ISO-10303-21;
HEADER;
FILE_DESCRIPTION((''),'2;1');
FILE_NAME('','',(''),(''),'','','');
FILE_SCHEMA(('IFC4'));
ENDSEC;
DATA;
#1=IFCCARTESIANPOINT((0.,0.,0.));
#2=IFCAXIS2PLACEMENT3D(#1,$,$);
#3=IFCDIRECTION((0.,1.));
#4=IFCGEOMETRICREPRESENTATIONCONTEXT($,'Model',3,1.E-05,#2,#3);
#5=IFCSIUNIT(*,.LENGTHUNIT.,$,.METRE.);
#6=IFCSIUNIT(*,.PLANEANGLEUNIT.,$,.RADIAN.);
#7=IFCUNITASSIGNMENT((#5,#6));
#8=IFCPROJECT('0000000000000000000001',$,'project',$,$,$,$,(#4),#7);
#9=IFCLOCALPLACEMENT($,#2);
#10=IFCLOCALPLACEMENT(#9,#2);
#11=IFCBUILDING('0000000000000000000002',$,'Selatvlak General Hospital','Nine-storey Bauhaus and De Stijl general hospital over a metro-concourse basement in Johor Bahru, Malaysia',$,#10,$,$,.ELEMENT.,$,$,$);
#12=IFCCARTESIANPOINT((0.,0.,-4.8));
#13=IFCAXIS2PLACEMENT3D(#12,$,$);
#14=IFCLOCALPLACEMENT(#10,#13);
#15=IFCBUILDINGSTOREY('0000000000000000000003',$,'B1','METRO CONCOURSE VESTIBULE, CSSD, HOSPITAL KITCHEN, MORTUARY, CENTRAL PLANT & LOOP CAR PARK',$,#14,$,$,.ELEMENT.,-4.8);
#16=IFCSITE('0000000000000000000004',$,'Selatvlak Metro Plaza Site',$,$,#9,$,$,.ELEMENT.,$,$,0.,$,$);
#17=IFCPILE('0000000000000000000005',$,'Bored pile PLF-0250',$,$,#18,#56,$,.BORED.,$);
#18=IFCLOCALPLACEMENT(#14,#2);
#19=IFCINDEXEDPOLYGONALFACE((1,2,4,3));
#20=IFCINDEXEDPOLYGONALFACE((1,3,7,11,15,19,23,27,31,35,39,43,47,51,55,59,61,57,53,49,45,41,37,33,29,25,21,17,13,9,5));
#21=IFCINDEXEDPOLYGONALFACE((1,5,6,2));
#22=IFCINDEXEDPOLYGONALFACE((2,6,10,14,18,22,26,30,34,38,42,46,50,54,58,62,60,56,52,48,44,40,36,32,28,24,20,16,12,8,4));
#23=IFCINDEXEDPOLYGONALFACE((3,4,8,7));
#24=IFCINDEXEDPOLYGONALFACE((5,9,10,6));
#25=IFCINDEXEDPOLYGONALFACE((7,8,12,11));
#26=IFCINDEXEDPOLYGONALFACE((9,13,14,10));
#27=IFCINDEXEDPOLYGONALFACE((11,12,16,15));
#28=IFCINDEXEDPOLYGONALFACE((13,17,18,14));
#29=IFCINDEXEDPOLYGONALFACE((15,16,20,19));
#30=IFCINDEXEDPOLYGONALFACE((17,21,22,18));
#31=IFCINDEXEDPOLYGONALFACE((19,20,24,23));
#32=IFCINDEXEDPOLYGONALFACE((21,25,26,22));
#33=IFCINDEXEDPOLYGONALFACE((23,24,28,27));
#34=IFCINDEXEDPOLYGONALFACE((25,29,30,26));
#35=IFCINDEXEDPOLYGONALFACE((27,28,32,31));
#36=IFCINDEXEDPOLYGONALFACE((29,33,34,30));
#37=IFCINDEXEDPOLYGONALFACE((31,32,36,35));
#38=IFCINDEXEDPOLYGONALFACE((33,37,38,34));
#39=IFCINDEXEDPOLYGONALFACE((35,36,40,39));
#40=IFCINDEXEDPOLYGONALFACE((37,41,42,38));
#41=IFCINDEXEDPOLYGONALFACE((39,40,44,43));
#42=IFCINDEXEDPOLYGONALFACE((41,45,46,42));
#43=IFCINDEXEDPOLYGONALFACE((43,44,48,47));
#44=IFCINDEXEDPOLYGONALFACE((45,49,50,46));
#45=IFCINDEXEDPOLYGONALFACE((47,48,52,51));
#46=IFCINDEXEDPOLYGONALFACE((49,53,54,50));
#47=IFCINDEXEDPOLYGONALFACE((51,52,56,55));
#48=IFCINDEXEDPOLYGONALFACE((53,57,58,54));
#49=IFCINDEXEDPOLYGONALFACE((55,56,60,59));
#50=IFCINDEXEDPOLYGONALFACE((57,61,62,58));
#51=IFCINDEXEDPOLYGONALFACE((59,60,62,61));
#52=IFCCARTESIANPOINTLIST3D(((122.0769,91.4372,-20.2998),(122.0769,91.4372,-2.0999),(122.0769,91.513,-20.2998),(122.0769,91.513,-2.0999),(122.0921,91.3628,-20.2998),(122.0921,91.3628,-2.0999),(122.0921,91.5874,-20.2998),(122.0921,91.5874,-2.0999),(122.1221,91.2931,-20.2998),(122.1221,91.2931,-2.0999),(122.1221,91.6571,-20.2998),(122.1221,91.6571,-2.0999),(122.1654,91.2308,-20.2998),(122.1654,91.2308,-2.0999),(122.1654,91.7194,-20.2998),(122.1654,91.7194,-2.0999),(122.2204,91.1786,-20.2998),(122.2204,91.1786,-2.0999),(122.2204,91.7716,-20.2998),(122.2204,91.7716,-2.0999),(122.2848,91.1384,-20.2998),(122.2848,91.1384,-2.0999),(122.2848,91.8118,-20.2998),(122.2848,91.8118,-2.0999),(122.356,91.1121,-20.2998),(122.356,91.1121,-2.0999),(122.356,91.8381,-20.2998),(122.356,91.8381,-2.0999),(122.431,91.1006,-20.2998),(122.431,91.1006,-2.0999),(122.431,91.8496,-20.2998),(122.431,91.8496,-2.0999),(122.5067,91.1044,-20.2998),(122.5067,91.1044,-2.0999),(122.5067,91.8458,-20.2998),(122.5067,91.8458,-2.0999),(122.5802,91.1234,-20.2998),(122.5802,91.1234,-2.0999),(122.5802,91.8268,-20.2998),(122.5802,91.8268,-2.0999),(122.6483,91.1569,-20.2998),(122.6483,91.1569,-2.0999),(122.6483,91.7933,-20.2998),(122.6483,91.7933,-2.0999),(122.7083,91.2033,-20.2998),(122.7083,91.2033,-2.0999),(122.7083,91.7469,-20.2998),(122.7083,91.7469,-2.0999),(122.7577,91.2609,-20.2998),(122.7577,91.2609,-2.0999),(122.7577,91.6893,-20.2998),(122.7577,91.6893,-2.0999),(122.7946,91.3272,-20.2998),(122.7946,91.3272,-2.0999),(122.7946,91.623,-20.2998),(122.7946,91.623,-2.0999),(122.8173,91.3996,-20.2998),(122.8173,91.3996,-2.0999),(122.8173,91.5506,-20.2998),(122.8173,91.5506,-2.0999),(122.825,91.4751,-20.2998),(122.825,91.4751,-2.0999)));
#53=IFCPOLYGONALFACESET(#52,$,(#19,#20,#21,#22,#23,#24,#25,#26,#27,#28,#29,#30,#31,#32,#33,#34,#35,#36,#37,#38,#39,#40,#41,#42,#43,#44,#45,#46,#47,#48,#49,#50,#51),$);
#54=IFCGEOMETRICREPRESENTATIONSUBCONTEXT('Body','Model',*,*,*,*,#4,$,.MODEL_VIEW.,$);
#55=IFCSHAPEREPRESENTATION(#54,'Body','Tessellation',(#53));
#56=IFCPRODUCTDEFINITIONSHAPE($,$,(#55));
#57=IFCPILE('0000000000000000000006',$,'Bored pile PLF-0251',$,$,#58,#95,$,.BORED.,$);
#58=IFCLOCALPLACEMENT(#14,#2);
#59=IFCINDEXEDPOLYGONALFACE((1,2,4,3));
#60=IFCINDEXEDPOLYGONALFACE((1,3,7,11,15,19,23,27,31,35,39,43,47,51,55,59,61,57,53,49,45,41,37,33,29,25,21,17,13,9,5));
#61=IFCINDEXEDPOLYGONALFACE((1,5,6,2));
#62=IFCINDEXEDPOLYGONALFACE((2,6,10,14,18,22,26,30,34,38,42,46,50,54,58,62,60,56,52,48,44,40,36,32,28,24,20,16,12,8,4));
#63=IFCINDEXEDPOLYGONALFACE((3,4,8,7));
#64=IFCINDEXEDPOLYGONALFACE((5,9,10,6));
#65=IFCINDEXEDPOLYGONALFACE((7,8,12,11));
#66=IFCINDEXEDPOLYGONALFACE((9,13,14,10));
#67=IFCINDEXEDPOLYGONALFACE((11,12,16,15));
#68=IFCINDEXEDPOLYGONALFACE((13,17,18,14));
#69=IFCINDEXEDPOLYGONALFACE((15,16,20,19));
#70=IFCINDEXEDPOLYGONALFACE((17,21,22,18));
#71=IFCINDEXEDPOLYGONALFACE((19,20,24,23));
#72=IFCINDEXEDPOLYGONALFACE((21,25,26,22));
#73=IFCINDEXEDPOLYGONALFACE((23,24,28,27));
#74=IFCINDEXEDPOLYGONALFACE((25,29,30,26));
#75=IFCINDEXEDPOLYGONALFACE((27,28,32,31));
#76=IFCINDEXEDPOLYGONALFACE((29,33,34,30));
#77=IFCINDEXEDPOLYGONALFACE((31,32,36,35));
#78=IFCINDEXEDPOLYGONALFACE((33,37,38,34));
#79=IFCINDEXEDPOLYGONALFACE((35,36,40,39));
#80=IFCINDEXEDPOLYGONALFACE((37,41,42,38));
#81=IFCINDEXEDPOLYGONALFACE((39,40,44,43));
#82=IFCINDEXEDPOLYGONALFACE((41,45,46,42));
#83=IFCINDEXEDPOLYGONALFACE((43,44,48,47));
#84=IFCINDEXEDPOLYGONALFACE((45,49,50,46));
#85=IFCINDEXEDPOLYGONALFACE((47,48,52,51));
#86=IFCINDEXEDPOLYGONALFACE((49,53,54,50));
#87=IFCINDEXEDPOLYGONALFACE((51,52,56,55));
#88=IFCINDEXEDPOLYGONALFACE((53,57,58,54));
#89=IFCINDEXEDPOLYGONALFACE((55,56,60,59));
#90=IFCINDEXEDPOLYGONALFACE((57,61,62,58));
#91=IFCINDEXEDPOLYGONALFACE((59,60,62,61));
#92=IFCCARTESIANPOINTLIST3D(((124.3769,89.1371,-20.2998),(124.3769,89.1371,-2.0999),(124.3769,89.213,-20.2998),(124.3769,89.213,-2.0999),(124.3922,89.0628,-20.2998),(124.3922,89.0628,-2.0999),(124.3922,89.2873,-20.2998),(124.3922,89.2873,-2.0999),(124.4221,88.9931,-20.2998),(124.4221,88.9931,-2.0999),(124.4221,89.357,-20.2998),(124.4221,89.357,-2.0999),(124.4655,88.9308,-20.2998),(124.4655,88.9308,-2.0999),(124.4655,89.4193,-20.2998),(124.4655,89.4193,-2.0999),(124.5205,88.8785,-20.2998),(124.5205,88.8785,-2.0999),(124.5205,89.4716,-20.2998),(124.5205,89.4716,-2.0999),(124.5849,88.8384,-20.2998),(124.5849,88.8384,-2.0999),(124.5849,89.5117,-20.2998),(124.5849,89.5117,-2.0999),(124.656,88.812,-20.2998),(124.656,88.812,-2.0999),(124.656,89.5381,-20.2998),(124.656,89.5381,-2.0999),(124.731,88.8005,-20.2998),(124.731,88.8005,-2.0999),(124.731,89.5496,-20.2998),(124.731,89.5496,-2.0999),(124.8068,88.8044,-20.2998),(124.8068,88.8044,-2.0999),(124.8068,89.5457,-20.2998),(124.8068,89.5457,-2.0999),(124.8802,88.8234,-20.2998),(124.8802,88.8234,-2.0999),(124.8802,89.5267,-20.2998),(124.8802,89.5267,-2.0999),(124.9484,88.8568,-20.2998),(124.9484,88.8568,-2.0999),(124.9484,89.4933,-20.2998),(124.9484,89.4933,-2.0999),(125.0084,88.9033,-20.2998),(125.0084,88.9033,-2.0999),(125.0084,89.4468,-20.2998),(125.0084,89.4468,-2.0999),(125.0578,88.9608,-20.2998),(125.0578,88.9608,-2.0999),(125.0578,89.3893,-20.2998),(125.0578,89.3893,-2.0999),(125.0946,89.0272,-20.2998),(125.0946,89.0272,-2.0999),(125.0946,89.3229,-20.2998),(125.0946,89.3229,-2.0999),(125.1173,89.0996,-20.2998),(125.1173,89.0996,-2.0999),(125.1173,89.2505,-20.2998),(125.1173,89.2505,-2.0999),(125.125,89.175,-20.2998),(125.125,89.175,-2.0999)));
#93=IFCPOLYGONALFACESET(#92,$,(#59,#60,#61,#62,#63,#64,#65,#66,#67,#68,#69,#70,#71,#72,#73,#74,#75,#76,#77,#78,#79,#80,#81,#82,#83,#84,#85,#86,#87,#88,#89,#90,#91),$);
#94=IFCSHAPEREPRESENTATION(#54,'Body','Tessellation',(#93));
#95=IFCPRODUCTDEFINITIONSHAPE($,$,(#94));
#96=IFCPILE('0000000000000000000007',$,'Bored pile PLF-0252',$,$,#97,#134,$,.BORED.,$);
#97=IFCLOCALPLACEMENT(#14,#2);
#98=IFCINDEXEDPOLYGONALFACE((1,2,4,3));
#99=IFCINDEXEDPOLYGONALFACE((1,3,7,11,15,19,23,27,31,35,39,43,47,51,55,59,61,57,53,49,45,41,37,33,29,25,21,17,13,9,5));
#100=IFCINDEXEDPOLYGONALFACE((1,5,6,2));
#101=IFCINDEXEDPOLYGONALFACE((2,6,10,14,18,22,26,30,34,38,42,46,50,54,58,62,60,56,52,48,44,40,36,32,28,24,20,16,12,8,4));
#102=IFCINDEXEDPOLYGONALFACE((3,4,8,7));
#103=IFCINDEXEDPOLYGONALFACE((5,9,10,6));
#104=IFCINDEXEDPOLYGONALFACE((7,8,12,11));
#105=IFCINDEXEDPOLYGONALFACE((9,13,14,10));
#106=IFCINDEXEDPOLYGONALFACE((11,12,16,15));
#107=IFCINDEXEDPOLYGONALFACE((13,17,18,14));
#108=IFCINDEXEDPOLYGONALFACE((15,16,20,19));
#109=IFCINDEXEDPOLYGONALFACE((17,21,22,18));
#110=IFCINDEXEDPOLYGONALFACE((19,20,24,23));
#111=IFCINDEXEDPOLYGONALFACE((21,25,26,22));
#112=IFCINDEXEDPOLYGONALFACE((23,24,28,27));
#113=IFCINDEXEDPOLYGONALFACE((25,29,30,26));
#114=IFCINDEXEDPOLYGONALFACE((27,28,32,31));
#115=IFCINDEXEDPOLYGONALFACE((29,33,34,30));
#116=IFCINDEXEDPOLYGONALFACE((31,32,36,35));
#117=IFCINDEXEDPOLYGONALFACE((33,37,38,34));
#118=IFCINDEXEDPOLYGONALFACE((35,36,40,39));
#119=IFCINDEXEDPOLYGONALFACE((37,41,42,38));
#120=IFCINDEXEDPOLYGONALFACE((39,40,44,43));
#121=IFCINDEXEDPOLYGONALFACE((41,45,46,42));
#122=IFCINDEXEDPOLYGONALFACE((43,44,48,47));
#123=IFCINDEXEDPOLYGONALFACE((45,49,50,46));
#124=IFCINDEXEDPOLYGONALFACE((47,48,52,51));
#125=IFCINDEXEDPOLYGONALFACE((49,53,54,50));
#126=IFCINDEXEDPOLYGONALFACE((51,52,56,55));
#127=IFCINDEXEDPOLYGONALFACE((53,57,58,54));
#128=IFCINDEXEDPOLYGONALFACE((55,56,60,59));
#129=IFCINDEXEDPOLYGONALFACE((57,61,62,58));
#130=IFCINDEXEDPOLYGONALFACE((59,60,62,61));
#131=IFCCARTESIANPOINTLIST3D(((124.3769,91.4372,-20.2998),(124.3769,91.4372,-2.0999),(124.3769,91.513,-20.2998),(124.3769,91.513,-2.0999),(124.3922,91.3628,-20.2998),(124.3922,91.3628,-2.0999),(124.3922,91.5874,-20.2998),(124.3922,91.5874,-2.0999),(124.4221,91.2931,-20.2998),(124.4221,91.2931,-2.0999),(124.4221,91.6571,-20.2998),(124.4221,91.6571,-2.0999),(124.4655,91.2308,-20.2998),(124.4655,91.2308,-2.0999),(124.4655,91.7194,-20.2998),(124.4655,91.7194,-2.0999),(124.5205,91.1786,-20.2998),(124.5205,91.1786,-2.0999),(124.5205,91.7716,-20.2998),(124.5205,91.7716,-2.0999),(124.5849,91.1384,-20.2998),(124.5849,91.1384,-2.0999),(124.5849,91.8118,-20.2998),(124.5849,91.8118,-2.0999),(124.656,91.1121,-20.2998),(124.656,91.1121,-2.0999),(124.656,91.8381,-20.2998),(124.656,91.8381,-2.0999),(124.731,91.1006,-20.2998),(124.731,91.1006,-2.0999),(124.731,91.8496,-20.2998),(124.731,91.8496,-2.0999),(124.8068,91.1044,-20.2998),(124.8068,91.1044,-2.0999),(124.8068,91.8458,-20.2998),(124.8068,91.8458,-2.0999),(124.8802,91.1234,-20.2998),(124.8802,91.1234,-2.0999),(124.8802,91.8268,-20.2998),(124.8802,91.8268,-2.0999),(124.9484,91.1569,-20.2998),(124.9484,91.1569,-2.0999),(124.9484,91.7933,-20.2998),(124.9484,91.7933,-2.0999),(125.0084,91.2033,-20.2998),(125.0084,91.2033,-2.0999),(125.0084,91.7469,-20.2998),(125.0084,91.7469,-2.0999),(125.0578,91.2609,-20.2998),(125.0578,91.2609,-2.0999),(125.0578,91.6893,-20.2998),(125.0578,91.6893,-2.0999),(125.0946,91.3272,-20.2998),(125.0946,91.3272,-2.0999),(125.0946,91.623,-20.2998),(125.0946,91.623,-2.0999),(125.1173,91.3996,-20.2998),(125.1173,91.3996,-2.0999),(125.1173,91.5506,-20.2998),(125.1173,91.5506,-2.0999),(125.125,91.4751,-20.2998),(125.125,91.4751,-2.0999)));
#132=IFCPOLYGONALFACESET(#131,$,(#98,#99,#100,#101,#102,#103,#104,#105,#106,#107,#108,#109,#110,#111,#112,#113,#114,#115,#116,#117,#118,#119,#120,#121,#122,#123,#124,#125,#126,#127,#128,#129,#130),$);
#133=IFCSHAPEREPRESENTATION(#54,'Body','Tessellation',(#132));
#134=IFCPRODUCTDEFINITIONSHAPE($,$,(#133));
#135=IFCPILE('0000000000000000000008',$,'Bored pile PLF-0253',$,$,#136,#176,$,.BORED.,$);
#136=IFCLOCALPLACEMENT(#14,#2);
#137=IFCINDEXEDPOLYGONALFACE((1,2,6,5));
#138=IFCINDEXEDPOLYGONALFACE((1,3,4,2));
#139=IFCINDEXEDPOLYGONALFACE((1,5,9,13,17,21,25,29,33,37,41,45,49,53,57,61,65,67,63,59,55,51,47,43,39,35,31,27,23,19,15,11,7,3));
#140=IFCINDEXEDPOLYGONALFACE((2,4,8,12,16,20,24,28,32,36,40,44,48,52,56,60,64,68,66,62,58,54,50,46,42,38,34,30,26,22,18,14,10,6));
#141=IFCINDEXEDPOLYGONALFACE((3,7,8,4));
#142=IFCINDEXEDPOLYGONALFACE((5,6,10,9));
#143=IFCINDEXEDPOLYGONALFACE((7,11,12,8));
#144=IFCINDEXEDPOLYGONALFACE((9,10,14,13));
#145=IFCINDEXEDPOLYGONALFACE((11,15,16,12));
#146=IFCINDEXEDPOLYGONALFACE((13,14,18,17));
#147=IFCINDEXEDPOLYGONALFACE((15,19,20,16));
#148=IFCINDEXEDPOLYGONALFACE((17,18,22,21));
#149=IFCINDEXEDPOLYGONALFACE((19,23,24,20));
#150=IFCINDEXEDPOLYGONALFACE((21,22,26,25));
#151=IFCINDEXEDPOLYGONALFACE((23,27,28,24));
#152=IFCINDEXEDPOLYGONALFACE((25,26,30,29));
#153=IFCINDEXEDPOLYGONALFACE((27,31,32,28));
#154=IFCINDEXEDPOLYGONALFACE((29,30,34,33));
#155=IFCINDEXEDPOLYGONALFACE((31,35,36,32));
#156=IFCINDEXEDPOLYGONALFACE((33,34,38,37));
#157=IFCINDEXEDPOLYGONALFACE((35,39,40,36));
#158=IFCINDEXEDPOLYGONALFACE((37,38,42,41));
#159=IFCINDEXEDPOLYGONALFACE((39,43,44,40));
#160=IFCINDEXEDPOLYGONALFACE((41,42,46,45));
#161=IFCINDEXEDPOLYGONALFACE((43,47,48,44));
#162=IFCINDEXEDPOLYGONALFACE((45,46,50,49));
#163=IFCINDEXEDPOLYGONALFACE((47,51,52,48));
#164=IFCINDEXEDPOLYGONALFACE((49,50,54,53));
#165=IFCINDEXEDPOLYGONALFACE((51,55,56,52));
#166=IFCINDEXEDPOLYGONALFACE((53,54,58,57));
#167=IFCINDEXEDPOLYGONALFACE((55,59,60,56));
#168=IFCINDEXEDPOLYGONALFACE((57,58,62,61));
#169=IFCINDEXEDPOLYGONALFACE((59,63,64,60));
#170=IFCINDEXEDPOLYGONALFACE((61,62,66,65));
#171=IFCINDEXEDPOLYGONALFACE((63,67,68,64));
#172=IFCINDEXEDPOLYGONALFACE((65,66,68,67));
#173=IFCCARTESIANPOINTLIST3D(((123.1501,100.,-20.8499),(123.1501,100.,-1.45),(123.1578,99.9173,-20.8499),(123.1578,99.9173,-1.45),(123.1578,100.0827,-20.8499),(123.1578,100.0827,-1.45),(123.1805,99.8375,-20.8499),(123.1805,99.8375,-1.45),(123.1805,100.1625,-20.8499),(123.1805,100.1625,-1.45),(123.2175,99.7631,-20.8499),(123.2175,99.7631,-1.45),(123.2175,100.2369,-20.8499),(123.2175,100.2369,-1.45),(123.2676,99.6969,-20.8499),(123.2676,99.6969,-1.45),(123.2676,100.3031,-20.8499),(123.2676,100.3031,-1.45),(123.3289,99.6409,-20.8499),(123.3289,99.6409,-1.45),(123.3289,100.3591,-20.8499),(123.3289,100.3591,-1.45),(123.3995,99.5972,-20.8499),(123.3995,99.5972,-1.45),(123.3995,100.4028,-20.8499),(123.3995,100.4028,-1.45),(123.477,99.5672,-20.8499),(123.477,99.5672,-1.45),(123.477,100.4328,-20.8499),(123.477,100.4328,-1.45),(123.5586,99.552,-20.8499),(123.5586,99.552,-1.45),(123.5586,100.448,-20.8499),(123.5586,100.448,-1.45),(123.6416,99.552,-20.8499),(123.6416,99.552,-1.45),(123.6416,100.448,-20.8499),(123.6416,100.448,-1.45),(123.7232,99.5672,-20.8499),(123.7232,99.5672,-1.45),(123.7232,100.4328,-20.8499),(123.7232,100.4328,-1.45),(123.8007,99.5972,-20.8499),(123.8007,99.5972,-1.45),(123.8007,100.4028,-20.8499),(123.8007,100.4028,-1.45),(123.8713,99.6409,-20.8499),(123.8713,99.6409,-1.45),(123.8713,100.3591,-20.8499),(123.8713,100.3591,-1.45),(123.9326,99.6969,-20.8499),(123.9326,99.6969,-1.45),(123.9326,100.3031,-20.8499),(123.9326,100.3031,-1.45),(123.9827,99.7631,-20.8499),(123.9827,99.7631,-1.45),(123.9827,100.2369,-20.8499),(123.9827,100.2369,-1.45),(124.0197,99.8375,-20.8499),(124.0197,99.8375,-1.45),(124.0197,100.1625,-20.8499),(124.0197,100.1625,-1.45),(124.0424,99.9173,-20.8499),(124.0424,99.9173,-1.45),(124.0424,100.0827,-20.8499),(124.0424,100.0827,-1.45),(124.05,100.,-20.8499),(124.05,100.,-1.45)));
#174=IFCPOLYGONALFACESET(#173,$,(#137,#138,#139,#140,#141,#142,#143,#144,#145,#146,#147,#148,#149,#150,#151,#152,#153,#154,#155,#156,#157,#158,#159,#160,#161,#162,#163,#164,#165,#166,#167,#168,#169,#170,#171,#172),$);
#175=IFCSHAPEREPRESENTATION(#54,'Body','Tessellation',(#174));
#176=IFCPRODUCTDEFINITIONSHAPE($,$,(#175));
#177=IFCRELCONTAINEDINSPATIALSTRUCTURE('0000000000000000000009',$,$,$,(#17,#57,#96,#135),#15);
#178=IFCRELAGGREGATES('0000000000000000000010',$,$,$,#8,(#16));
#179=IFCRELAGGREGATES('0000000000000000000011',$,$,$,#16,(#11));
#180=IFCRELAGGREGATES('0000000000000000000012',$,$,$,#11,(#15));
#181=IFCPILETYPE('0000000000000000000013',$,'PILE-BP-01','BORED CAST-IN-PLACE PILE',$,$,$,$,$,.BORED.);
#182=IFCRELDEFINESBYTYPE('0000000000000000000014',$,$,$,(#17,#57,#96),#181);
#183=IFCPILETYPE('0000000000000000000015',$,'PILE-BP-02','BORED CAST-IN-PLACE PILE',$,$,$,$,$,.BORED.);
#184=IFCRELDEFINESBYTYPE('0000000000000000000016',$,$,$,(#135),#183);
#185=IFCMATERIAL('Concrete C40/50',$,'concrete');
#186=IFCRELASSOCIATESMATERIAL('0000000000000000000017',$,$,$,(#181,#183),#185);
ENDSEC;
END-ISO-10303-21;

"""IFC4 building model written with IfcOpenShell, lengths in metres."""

from ifc_helpers import new_model, si_unit, direction, frame, origin, origin_2d, place, context, subcontext, project, spatial, circle, extrude, material, material_profile, profile_set, type_object, element, save


model = new_model("IFC4")

# Units and contexts
model_context = context("Model", 3, precision=1e-05, world=origin(), true_north=direction((0.0, 1.0)))
body_context = subcontext(model_context, "Body", "Model", "MODEL_VIEW")
ifc_project = project(units=[si_unit("LENGTHUNIT", "METRE"), si_unit("PLANEANGLEUNIT", "RADIAN")], contexts=[model_context])

# Site, building, storey
site_placement = place(None, origin())
site = spatial("IfcSite", under=ifc_project, at=site_placement, Name="Selatvlak Metro Plaza Site", CompositionType="ELEMENT", RefElevation=0.0)
building_placement = place(site_placement, origin())
building = spatial("IfcBuilding", under=site, at=building_placement, Name="Selatvlak General Hospital", Description="Nine-storey Bauhaus and De Stijl general hospital over a metro-concourse basement in Johor Bahru, Malaysia", CompositionType="ELEMENT")
storey_placement = place(building_placement, frame((0.0, 0.0, -4.8)))
storey = spatial("IfcBuildingStorey", under=building, at=storey_placement, Name="B1", Description="METRO CONCOURSE VESTIBULE, CSSD, HOSPITAL KITCHEN, MORTUARY, CENTRAL PLANT & LOOP CAR PARK", CompositionType="ELEMENT", Elevation=-4.8)

# Shared definitions
ifc_material_1 = material(Name="Concrete C40/50", Category="concrete")

# Piles
ifc_material_profile_1 = material_profile(ifc_material_1, circle(Radius=0.375, at=origin_2d()), Name="BORED PILE 750")
ifc_profile_set_1 = profile_set([ifc_material_profile_1], Name="Concrete C40/50")
pile_type_1 = type_object("IfcPileType", Name="PILE-BP-01", Description="BORED CAST-IN-PLACE PILE", PredefinedType="BORED", material=ifc_profile_set_1)
for number, where, z_axis, x_axis, name in (
    (1, (122.45, 91.4751, -2.0999), (0.0, 0.0, -1.0), (1.0, 0.0, 0.0), "Bored pile PLF-0250"),
    (2, (124.75, 89.175, -2.0999), (0.0, 0.0, -1.0), (1.0, 0.0, 0.0), "Bored pile PLF-0251"),
    (3, (124.75, 91.4751, -2.0999), (0.0, 0.0, -1.0), (1.0, 0.0, 0.0), "Bored pile PLF-0252"),
):
    element("IfcPile", number, at=place(storey_placement, frame(where, z_axis=z_axis, x_axis=x_axis)), inside=storey, type_object=pile_type_1, Name=name, PredefinedType="BORED", context=body_context, shape_type="SweptSolid", body=[
        extrude(circle(Radius=0.375, at=origin_2d()), origin(), (0.0, 0.0, 1.0), 18.2),
    ])
ifc_material_profile_2 = material_profile(ifc_material_1, circle(Radius=0.45, at=origin_2d()), Name="BORED PILE 900")
ifc_profile_set_2 = profile_set([ifc_material_profile_2], Name="Concrete C40/50")
pile_type_2 = type_object("IfcPileType", Name="PILE-BP-02", Description="BORED CAST-IN-PLACE PILE", PredefinedType="BORED", material=ifc_profile_set_2)
pile_1_placement = place(storey_placement, frame((123.6001, 100.0, -1.45), z_axis=(0.0, 0.0, -1.0), x_axis=(1.0, 0.0, 0.0)))
element("IfcPile", 4, at=pile_1_placement, inside=storey, type_object=pile_type_2, Name="Bored pile PLF-0253", PredefinedType="BORED", context=body_context, shape_type="SweptSolid", body=[
    extrude(circle(Radius=0.45, at=origin_2d()), origin(), (0.0, 0.0, 1.0), 19.3999),
])

save(model, "model.ifc")
